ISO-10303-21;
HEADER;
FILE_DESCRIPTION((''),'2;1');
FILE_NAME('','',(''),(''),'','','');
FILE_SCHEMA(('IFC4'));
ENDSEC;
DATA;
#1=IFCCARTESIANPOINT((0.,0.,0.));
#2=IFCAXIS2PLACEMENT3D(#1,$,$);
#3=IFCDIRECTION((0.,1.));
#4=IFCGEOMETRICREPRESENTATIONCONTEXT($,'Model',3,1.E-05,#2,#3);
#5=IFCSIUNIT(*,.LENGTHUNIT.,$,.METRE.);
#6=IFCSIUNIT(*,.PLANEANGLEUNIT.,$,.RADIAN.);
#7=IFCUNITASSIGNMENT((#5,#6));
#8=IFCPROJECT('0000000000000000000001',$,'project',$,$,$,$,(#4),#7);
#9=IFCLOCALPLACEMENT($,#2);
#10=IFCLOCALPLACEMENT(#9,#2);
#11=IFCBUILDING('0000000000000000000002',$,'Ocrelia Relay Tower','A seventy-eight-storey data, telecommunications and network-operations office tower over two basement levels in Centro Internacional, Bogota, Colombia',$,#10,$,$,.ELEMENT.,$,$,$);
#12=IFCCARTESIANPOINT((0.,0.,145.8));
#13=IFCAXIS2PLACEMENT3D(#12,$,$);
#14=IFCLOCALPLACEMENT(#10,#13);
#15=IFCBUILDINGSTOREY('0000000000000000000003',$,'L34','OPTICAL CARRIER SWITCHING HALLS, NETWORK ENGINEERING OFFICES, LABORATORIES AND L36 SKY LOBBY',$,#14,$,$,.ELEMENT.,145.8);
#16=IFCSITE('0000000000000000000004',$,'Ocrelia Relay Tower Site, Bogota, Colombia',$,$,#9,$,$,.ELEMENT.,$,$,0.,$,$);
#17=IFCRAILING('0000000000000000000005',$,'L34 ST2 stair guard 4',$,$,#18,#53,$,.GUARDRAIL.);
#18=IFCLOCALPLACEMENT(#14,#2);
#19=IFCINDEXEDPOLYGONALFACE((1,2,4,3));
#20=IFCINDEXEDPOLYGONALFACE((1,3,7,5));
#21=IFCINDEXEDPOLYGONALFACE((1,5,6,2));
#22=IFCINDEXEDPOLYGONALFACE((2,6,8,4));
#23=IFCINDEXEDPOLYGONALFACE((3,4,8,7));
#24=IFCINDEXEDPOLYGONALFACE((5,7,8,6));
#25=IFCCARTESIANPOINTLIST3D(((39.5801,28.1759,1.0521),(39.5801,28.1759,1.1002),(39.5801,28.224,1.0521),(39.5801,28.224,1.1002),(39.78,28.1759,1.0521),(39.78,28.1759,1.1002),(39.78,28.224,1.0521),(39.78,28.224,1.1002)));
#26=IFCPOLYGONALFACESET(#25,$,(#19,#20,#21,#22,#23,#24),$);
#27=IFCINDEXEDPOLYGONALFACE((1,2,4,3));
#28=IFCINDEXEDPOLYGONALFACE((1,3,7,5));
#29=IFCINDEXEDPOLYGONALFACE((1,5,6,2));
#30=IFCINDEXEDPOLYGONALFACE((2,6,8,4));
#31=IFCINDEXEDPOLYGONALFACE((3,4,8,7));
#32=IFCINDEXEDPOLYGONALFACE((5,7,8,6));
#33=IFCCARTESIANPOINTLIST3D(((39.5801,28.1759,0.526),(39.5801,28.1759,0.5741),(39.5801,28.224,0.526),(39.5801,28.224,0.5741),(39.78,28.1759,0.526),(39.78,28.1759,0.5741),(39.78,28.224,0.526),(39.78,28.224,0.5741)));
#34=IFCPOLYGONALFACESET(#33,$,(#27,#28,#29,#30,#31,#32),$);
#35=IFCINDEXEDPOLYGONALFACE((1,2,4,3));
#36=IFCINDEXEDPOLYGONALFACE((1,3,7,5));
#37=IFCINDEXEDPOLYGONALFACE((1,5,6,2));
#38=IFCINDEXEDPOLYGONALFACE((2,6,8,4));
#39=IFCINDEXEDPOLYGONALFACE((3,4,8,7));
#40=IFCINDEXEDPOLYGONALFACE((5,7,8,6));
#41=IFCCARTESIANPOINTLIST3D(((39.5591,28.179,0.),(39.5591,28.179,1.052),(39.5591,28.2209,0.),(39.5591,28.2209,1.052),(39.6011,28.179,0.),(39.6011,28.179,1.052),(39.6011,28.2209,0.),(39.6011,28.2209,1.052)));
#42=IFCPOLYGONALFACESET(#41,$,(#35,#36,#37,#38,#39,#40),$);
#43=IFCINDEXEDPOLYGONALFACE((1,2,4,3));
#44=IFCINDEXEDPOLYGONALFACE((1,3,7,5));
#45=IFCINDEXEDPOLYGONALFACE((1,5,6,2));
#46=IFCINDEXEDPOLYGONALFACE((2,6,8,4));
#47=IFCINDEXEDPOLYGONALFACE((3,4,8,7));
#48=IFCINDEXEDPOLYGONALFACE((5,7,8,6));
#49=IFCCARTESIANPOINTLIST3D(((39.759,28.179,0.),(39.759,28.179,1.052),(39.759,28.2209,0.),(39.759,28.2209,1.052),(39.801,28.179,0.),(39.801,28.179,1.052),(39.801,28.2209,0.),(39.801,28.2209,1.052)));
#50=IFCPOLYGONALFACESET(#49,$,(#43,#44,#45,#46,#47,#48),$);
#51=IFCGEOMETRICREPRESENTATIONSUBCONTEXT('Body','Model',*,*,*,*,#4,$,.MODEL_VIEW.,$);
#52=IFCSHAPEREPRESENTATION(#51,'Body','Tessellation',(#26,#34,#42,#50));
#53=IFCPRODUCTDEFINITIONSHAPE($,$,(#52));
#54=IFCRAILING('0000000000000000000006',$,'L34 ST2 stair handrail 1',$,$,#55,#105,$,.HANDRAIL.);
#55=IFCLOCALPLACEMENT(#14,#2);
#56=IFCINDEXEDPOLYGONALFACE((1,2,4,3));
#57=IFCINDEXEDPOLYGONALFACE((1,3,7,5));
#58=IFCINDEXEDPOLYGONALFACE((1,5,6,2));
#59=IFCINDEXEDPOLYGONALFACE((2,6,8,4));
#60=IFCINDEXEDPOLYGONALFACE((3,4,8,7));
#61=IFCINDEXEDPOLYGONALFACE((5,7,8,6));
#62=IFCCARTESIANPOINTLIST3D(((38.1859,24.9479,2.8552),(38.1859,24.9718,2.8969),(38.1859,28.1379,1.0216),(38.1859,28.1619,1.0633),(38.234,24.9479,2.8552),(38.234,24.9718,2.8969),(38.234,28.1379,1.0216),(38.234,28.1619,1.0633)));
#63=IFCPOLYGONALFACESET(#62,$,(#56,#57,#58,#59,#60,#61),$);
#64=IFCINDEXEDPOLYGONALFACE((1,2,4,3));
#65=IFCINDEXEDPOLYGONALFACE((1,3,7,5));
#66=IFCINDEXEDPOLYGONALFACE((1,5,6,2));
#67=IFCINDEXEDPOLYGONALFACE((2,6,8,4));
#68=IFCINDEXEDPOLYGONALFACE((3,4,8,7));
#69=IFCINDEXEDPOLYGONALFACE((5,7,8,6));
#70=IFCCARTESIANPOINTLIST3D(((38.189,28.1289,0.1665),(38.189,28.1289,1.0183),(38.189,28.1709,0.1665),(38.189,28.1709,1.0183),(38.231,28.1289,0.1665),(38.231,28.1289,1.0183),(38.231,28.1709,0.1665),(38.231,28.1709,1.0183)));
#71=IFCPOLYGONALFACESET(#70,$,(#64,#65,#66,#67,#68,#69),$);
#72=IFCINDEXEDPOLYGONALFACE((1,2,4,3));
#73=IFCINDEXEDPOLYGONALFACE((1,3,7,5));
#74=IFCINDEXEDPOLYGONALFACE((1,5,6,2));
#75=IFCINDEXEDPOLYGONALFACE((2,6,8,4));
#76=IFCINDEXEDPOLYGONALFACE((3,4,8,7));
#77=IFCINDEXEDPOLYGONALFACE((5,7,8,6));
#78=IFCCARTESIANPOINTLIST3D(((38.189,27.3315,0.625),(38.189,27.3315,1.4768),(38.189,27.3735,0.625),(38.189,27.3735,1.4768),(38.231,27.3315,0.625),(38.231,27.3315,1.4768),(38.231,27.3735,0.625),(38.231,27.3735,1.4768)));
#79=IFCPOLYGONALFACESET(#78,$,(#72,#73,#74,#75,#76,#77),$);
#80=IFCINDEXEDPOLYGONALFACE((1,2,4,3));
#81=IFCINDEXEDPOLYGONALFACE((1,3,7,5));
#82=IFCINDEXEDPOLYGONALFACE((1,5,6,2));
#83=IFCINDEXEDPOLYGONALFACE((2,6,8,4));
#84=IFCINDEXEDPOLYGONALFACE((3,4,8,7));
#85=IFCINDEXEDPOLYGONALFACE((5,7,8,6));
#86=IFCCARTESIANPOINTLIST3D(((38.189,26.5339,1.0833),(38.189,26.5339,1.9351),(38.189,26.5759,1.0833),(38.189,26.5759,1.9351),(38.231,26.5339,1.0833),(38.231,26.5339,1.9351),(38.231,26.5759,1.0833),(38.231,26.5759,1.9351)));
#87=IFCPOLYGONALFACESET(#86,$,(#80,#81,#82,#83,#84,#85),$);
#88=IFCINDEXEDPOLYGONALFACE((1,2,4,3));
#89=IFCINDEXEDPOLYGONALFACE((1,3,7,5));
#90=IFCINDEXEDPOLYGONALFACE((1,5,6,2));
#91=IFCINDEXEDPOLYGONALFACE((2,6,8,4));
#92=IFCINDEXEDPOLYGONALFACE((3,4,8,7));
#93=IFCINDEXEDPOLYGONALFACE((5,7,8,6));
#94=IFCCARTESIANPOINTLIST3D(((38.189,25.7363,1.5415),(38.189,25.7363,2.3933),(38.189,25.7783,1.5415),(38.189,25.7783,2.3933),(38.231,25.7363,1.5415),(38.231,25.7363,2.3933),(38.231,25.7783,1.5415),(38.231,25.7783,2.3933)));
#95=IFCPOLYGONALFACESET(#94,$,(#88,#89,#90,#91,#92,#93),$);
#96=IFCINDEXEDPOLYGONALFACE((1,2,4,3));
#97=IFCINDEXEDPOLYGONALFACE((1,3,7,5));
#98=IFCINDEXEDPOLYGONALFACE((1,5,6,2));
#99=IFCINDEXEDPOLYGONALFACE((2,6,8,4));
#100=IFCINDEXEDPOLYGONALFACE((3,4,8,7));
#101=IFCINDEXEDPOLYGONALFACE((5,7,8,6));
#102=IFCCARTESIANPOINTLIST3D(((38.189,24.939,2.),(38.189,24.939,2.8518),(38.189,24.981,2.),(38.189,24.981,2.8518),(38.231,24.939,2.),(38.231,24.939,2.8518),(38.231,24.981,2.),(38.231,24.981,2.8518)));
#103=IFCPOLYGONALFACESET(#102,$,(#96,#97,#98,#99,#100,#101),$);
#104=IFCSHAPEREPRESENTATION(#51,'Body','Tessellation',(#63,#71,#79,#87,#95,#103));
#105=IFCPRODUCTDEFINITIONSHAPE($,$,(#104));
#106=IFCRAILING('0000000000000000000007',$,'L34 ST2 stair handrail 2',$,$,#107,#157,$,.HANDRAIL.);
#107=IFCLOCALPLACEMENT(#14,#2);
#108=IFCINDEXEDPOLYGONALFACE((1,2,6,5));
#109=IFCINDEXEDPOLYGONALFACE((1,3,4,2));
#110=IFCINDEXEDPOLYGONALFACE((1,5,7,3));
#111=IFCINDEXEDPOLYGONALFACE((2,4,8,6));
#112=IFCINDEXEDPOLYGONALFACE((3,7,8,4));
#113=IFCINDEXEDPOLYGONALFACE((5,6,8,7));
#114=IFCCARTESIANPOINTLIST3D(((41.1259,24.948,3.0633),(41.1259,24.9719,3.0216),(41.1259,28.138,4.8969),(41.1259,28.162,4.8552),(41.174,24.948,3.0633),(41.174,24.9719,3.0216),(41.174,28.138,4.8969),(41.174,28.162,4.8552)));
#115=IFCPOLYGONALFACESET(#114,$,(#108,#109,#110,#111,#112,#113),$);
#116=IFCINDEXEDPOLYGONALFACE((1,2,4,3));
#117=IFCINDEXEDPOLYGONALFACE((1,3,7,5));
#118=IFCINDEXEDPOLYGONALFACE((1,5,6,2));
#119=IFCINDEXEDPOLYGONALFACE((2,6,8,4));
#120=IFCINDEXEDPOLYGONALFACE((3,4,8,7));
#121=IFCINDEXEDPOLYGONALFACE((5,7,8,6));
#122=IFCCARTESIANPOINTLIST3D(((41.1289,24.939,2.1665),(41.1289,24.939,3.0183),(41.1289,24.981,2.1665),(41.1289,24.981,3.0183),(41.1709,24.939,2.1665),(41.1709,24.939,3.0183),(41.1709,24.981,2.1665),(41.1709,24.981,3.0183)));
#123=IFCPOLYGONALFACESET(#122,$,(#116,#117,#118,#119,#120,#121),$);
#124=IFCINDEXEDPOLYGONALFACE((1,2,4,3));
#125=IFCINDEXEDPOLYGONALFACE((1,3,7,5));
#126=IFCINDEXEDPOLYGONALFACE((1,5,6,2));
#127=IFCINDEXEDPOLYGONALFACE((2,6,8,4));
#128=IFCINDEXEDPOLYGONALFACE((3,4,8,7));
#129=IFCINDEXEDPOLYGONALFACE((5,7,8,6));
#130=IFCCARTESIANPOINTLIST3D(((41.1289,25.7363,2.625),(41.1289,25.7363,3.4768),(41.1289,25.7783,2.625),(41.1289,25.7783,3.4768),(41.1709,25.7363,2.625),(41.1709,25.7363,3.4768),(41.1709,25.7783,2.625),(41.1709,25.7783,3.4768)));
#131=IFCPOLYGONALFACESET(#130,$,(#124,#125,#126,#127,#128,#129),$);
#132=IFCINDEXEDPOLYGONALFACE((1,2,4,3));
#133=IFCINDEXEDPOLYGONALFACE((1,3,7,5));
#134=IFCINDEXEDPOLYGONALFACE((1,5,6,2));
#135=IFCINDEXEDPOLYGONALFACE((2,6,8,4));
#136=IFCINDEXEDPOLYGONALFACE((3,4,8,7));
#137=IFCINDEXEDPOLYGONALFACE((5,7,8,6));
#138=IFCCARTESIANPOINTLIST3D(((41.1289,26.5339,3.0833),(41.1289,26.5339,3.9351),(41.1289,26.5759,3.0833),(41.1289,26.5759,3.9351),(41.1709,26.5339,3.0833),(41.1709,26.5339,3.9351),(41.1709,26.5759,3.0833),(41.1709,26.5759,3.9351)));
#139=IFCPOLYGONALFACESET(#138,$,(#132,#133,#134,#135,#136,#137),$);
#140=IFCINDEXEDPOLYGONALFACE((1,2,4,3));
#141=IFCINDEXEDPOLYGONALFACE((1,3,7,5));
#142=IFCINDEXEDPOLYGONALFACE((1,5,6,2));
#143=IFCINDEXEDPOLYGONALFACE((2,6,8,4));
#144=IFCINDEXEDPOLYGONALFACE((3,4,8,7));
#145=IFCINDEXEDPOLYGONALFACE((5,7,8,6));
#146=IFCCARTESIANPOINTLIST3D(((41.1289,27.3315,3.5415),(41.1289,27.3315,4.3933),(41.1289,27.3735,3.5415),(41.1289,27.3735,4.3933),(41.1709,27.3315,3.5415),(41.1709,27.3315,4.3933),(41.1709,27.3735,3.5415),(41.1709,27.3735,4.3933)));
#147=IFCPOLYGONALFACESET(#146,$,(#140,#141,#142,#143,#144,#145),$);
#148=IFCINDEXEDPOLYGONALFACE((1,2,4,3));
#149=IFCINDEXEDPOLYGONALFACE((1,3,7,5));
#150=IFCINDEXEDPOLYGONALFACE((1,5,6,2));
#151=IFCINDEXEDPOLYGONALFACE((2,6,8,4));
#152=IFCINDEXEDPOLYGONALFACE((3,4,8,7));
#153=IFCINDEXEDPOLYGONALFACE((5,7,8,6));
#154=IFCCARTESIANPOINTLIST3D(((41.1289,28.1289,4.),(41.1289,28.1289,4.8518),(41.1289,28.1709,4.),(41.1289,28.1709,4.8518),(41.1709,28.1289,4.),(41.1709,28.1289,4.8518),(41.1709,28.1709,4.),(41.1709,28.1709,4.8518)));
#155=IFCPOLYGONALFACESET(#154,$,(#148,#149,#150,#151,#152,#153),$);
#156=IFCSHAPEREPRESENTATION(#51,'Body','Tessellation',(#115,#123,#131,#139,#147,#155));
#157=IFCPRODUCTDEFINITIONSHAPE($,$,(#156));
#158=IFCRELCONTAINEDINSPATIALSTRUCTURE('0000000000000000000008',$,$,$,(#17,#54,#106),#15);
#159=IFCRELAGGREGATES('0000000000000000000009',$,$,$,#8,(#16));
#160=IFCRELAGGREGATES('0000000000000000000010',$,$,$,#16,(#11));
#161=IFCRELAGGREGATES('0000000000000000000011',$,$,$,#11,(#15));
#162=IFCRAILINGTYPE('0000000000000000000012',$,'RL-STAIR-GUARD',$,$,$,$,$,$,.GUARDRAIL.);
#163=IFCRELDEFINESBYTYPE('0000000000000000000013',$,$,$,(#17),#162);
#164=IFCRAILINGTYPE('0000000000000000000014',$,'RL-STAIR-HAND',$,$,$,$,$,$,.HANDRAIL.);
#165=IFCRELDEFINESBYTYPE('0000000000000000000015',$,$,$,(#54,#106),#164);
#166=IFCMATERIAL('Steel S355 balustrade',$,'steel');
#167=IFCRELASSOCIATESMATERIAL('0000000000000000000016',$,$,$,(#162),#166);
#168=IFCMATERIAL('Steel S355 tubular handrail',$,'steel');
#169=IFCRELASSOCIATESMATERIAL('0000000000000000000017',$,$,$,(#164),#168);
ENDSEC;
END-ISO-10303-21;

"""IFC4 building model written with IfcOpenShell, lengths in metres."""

from ifc_helpers import new_model, si_unit, direction, frame, origin, origin_2d, place, context, subcontext, project, spatial, rectangle, extrude, material, type_object, element, save


model = new_model("IFC4")

# Units and contexts
model_context = context("Model", 3, precision=1e-05, world=origin(), true_north=direction((0.0, 1.0)))
body_context = subcontext(model_context, "Body", "Model", "MODEL_VIEW")
ifc_project = project(units=[si_unit("LENGTHUNIT", "METRE"), si_unit("PLANEANGLEUNIT", "RADIAN")], contexts=[model_context])

# Site, building, storey
site_placement = place(None, origin())
site = spatial("IfcSite", under=ifc_project, at=site_placement, Name="Ocrelia Relay Tower Site, Bogota, Colombia", CompositionType="ELEMENT", RefElevation=0.0)
building_placement = place(site_placement, origin())
building = spatial("IfcBuilding", under=site, at=building_placement, Name="Ocrelia Relay Tower", Description="A seventy-eight-storey data, telecommunications and network-operations office tower over two basement levels in Centro Internacional, Bogota, Colombia", CompositionType="ELEMENT")
storey_placement = place(building_placement, frame((0.0, 0.0, 145.8)))
storey = spatial("IfcBuildingStorey", under=building, at=storey_placement, Name="L34", Description="OPTICAL CARRIER SWITCHING HALLS, NETWORK ENGINEERING OFFICES, LABORATORIES AND L36 SKY LOBBY", CompositionType="ELEMENT", Elevation=145.8)

# Railings
ifc_material_1 = material(Name="Steel S355 balustrade", Category="steel")
railing_type_1 = type_object("IfcRailingType", Name="RL-STAIR-GUARD", PredefinedType="GUARDRAIL", material=ifc_material_1)
railing_1_placement = place(storey_placement, frame((39.5801, 28.2, 0.0)))
element("IfcRailing", 1, at=railing_1_placement, inside=storey, type_object=railing_type_1, Name="L34 ST2 stair guard 4", PredefinedType="GUARDRAIL", context=body_context, shape_type="SweptSolid", body=[
    extrude(rectangle(XDim=0.0481, YDim=0.0481, at=origin_2d()), frame((0.0, 0.0, 1.0762), z_axis=(1.0, 0.0, 0.0), x_axis=(0.0, 1.0, 0.0)), (0.0, 0.0, 1.0), 0.2),
    extrude(rectangle(XDim=0.0481, YDim=0.0481, at=origin_2d()), frame((0.0, 0.0, 0.55), z_axis=(1.0, 0.0, 0.0), x_axis=(0.0, 1.0, 0.0)), (0.0, 0.0, 1.0), 0.2),
    extrude(rectangle(XDim=0.042, YDim=0.042, at=origin_2d()), origin(), (0.0, 0.0, 1.0), 1.052),
    extrude(rectangle(XDim=0.042, YDim=0.042, at=origin_2d()), frame((0.2, 0.0, 0.0)), (0.0, 0.0, 1.0), 1.052),
])
ifc_material_2 = material(Name="Steel S355 tubular handrail", Category="steel")
railing_type_2 = type_object("IfcRailingType", Name="RL-STAIR-HAND", PredefinedType="HANDRAIL", material=ifc_material_2)
railing_2_placement = place(storey_placement, frame((38.21, 28.1499, 0.1665)))
element("IfcRailing", 2, at=railing_2_placement, inside=storey, type_object=railing_type_2, Name="L34 ST2 stair handrail 1", PredefinedType="HANDRAIL", context=body_context, shape_type="SweptSolid", body=[
    extrude(rectangle(XDim=0.0481, YDim=0.0481, at=origin_2d()), frame((0.0, 0.0, 0.876), z_axis=(0.0, -0.866991, 0.498324), x_axis=(1.0, 0.0, 0.0)), (0.0, 0.0, 1.0), 3.6794),
    extrude(rectangle(XDim=0.042, YDim=0.042, at=origin_2d()), origin(), (0.0, 0.0, 1.0), 0.8518),
    extrude(rectangle(XDim=0.042, YDim=0.042, at=origin_2d()), frame((0.0, -0.7974, 0.4585)), (0.0, 0.0, 1.0), 0.8518),
    extrude(rectangle(XDim=0.042, YDim=0.042, at=origin_2d()), frame((0.0, -1.595, 0.9167)), (0.0, 0.0, 1.0), 0.8518),
    extrude(rectangle(XDim=0.042, YDim=0.042, at=origin_2d()), frame((0.0, -2.3926, 1.375)), (0.0, 0.0, 1.0), 0.8518),
    extrude(rectangle(XDim=0.042, YDim=0.042, at=origin_2d()), frame((0.0, -3.1899, 1.8335)), (0.0, 0.0, 1.0), 0.8518),
])
railing_3_placement = place(storey_placement, frame((41.1499, 24.96, 2.1665)))
element("IfcRailing", 3, at=railing_3_placement, inside=storey, type_object=railing_type_2, Name="L34 ST2 stair handrail 2", PredefinedType="HANDRAIL", context=body_context, shape_type="SweptSolid", body=[
    extrude(rectangle(XDim=0.0481, YDim=0.0481, at=origin_2d()), frame((0.0, 0.0, 0.876), z_axis=(0.0, 0.866991, 0.498324), x_axis=(-1.0, 0.0, 0.0)), (0.0, 0.0, 1.0), 3.6794),
    extrude(rectangle(XDim=0.042, YDim=0.042, at=origin_2d()), origin(), (0.0, 0.0, 1.0), 0.8518),
    extrude(rectangle(XDim=0.042, YDim=0.042, at=origin_2d()), frame((0.0, 0.7974, 0.4585)), (0.0, 0.0, 1.0), 0.8518),
    extrude(rectangle(XDim=0.042, YDim=0.042, at=origin_2d()), frame((0.0, 1.595, 0.9167)), (0.0, 0.0, 1.0), 0.8518),
    extrude(rectangle(XDim=0.042, YDim=0.042, at=origin_2d()), frame((0.0, 2.3926, 1.375)), (0.0, 0.0, 1.0), 0.8518),
    extrude(rectangle(XDim=0.042, YDim=0.042, at=origin_2d()), frame((0.0, 3.1899, 1.8335)), (0.0, 0.0, 1.0), 0.8518),
])

save(model, "model.ifc")
